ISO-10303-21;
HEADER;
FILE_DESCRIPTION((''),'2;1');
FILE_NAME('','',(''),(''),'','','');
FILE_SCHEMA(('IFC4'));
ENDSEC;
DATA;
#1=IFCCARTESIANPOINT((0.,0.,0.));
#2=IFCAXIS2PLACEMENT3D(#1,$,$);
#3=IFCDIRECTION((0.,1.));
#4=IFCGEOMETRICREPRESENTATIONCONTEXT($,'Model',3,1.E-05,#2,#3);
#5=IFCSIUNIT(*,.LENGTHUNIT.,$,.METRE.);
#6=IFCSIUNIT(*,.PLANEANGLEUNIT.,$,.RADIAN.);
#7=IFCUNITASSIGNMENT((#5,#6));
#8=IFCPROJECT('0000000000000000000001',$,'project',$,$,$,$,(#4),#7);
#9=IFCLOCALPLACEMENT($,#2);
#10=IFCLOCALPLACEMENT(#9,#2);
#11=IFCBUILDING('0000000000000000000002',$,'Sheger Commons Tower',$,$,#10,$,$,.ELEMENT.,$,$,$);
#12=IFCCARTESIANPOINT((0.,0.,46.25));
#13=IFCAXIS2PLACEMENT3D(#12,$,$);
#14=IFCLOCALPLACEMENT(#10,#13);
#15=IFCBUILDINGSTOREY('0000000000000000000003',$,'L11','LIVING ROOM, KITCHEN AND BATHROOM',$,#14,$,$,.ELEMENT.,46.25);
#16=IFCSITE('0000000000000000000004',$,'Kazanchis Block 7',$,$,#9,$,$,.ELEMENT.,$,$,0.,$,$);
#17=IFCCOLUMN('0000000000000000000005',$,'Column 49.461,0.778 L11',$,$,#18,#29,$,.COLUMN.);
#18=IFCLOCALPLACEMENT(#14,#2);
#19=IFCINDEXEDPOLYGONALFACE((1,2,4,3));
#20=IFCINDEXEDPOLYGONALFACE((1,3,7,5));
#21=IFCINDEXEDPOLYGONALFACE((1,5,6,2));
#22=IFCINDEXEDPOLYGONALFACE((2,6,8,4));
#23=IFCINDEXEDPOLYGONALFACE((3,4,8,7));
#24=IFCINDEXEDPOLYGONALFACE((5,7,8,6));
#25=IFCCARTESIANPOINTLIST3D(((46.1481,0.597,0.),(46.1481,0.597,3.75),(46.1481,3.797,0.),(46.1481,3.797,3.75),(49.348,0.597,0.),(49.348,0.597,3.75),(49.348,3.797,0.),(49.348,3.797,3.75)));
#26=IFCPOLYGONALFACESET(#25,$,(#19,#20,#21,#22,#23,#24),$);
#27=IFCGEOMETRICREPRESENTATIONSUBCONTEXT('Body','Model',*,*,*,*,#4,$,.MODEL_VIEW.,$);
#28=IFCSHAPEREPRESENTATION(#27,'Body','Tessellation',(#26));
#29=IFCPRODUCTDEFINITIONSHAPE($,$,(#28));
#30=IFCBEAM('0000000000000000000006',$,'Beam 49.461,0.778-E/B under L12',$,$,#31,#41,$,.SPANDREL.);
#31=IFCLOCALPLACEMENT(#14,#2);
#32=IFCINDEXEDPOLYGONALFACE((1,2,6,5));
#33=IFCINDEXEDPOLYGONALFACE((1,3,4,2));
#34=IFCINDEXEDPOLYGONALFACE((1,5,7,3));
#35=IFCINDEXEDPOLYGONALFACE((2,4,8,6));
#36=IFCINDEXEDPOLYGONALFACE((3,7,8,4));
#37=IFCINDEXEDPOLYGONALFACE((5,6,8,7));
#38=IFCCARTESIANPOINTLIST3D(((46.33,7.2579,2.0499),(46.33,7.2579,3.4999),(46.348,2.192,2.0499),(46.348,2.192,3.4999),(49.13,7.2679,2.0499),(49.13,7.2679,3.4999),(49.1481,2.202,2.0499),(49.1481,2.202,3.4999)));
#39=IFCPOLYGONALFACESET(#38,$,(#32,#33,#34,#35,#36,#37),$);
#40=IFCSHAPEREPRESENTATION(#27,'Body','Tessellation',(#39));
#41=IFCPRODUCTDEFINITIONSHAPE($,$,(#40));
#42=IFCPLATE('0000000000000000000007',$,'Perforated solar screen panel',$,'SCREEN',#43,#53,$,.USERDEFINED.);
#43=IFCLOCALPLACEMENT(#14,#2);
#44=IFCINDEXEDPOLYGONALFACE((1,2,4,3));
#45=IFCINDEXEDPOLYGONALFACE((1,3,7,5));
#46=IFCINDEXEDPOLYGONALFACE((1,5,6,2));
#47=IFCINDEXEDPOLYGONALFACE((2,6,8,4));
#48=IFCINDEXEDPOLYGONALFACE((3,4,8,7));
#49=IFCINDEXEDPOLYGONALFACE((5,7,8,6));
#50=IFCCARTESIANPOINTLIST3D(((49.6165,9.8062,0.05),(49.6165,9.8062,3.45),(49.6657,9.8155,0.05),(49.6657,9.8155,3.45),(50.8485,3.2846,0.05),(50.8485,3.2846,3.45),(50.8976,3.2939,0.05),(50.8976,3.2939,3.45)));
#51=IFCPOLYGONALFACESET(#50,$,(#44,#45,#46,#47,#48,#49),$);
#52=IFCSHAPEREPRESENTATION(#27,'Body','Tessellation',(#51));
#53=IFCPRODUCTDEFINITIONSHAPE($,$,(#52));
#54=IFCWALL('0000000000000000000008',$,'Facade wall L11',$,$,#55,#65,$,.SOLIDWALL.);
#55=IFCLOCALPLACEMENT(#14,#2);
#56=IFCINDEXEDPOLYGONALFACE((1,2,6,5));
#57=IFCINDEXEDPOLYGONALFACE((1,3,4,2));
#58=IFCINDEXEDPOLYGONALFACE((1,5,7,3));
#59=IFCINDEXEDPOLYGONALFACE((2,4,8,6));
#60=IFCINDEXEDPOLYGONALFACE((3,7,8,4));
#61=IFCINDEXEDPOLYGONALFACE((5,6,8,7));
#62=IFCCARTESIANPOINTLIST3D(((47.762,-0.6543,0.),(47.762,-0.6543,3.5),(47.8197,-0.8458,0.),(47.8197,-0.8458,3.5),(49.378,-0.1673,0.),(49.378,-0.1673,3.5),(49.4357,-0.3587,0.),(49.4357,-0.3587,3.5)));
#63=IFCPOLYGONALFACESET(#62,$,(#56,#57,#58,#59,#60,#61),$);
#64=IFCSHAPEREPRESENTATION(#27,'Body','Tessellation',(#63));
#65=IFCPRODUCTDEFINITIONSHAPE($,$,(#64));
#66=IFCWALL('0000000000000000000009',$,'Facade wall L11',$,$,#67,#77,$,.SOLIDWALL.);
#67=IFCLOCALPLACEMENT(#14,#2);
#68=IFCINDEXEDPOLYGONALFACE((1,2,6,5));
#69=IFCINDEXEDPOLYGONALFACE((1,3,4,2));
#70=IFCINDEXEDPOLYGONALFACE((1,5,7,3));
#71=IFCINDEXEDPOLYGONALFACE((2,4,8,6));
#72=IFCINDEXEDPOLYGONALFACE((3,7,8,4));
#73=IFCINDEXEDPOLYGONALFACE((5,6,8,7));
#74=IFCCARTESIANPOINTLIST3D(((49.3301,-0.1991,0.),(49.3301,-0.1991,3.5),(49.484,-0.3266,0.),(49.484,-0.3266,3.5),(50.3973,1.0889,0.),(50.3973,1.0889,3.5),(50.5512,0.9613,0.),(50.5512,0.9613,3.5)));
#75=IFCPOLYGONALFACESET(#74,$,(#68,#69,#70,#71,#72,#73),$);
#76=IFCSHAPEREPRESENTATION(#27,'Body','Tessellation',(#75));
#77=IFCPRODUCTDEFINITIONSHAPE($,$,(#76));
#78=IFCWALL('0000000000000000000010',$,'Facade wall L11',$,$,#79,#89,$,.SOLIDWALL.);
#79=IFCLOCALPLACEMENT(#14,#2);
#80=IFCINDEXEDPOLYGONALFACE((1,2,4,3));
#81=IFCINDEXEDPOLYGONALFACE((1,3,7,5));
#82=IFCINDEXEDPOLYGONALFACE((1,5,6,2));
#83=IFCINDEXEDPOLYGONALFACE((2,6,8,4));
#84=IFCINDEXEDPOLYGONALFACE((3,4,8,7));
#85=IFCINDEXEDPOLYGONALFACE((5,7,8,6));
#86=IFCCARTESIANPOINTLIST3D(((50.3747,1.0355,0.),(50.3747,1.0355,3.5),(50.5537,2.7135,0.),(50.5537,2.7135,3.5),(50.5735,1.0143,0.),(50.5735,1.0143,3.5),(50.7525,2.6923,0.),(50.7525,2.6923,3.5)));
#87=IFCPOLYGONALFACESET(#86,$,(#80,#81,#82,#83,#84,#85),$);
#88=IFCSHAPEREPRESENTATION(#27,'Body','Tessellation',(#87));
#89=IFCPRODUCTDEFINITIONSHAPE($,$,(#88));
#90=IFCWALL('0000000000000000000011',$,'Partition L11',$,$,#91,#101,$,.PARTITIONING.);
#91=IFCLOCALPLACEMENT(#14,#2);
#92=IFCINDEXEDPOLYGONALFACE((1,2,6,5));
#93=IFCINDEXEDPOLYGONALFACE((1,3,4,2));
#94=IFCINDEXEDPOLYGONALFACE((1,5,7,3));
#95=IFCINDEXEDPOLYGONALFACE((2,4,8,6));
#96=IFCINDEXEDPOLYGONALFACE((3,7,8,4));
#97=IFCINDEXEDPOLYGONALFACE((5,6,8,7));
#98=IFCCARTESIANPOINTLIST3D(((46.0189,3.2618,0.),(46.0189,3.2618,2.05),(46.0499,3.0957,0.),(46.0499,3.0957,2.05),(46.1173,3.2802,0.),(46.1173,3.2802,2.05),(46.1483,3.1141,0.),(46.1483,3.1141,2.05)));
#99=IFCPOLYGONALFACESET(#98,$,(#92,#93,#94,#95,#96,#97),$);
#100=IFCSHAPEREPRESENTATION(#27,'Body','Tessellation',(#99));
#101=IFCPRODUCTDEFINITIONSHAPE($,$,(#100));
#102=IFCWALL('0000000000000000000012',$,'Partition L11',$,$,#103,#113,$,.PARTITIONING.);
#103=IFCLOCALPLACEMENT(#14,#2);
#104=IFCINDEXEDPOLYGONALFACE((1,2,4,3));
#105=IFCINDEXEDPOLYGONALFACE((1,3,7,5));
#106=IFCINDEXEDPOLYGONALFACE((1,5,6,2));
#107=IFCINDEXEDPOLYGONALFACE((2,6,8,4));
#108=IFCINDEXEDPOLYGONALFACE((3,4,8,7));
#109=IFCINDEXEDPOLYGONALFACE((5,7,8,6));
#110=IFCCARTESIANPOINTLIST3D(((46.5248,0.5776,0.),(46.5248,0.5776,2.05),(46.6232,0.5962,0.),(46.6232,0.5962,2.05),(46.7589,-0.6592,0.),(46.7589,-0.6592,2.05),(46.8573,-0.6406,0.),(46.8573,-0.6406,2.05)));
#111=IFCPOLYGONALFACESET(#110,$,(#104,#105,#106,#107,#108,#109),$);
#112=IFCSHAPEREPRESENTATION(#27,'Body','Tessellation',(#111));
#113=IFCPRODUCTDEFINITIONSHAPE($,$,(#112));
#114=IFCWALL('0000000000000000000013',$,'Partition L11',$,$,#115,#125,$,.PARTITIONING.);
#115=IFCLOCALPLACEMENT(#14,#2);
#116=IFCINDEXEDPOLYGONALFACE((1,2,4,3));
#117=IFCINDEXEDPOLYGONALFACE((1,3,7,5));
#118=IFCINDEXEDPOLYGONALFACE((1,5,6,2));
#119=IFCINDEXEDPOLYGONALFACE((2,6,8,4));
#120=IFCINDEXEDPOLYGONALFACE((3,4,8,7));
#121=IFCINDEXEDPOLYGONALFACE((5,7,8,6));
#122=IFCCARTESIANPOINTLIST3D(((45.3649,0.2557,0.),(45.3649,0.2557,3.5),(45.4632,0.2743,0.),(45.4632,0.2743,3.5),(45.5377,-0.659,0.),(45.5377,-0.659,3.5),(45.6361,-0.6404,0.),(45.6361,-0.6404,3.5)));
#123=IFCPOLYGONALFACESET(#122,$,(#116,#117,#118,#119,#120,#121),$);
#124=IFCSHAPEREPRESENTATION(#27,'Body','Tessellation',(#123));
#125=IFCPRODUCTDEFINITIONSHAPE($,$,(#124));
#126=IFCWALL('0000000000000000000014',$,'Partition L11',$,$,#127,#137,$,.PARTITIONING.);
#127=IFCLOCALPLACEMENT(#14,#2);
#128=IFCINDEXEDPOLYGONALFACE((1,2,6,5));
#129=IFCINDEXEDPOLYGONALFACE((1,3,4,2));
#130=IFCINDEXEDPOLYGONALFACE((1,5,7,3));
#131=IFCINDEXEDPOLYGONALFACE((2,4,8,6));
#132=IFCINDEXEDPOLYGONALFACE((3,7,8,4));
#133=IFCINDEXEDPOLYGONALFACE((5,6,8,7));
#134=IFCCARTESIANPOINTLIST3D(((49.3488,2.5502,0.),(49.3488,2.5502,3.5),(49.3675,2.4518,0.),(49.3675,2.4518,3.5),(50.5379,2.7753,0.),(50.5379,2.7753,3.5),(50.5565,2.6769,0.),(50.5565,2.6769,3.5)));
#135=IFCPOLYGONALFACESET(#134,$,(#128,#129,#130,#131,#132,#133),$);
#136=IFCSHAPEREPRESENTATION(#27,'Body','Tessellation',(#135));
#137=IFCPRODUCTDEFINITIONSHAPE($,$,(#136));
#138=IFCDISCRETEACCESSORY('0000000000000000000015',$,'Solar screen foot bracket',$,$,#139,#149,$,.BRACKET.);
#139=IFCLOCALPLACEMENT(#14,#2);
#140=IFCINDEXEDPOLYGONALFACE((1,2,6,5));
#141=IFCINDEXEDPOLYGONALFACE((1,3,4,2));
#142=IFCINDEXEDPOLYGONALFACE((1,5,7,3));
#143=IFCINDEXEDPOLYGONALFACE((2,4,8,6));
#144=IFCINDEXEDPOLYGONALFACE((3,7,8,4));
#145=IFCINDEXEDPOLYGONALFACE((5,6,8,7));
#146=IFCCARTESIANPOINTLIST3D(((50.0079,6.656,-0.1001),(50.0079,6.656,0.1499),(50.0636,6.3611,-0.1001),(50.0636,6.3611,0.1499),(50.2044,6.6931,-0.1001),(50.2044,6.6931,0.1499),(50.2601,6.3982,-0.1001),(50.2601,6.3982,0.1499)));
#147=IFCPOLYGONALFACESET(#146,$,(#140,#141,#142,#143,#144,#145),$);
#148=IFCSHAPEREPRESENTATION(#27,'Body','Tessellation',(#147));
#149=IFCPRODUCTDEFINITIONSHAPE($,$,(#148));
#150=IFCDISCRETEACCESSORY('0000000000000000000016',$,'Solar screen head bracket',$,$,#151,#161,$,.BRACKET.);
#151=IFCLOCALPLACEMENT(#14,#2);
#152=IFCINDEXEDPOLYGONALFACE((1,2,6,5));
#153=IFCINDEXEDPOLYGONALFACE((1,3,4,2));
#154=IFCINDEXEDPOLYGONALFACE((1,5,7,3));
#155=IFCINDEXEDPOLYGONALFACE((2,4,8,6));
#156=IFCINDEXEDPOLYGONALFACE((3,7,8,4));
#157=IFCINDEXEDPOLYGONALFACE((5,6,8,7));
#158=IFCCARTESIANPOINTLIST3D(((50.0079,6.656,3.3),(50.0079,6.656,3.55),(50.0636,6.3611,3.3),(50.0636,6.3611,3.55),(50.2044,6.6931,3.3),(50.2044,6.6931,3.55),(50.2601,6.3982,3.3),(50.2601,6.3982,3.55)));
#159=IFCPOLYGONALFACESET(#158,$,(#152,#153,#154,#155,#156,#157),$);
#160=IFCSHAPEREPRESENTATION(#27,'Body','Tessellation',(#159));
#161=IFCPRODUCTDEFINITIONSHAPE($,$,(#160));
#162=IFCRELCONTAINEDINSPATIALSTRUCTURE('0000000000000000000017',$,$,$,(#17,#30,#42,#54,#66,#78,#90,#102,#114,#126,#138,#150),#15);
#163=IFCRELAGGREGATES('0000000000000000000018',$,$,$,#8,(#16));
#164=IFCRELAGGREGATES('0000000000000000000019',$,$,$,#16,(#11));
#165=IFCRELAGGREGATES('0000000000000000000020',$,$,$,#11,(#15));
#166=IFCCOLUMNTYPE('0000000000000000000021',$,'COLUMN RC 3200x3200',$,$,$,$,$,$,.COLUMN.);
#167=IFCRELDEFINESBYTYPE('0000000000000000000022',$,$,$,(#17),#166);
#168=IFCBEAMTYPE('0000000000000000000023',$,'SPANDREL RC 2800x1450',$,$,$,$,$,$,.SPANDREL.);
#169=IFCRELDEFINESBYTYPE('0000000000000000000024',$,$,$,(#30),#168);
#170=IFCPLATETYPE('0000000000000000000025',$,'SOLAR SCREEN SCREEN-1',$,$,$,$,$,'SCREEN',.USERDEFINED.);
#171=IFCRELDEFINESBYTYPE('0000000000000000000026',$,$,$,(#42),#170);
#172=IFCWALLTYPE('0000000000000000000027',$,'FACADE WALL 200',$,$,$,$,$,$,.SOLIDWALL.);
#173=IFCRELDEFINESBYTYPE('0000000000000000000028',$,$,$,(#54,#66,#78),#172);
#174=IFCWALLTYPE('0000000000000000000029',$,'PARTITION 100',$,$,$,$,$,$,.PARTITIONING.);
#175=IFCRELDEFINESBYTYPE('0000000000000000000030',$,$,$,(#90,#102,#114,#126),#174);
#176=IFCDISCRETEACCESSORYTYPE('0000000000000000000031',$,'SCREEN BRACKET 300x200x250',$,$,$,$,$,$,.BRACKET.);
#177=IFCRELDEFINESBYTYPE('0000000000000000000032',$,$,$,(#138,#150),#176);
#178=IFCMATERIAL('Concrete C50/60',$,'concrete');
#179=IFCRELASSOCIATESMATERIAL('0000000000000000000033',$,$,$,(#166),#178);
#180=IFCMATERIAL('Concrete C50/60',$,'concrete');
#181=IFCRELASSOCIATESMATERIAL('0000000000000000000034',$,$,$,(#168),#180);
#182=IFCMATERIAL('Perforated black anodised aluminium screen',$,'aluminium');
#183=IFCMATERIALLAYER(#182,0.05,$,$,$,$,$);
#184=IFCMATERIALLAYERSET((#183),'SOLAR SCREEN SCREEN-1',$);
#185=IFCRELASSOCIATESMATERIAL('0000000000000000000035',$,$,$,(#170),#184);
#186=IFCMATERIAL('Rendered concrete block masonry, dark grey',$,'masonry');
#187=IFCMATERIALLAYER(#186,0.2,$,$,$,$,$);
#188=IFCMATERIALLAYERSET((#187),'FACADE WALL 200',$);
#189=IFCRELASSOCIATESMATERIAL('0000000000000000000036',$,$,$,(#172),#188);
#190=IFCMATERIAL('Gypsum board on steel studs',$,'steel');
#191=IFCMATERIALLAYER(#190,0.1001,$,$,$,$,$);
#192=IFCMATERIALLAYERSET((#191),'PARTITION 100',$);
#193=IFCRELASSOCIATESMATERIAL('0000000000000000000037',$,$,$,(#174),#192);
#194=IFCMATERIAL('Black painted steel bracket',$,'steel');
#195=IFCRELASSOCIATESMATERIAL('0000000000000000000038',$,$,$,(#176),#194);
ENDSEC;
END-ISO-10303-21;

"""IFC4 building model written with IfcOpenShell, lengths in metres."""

from ifc_helpers import new_model, si_unit, direction, frame, frame_2d, origin, origin_2d, place, context, subcontext, project, spatial, rectangle, extrude, material, layer, layer_set, material_profile, profile_set, type_object, element, save


model = new_model("IFC4")

# Units and contexts
model_context = context("Model", 3, precision=1e-05, world=origin(), true_north=direction((0.0, 1.0)))
body_context = subcontext(model_context, "Body", "Model", "MODEL_VIEW")
ifc_project = project(units=[si_unit("LENGTHUNIT", "METRE"), si_unit("PLANEANGLEUNIT", "RADIAN")], contexts=[model_context])

# Site, building, storey
site_placement = place(None, origin())
site = spatial("IfcSite", under=ifc_project, at=site_placement, Name="Kazanchis Block 7", CompositionType="ELEMENT", RefElevation=0.0)
building_placement = place(site_placement, origin())
building = spatial("IfcBuilding", under=site, at=building_placement, Name="Sheger Commons Tower", CompositionType="ELEMENT")
storey_placement = place(building_placement, frame((0.0, 0.0, 46.25)))
storey = spatial("IfcBuildingStorey", under=building, at=storey_placement, Name="L11", Description="LIVING ROOM, KITCHEN AND BATHROOM", CompositionType="ELEMENT", Elevation=46.25)

# Column
ifc_material_1 = material(Name="Concrete C50/60", Category="concrete")
ifc_material_profile_1 = material_profile(ifc_material_1, rectangle(XDim=3.2, YDim=3.2, at=origin_2d()), Name="RC 3200x3200")
ifc_profile_set_1 = profile_set([ifc_material_profile_1], Name="Concrete C50/60")
column_type = type_object("IfcColumnType", Name="COLUMN RC 3200x3200", PredefinedType="COLUMN", material=ifc_profile_set_1)
column_placement = place(storey_placement, frame((47.748, 2.197, 0.0), z_axis=(0.0, 0.0, 1.0), x_axis=(1.0, 0.0, 0.0)))
element("IfcColumn", 1, at=column_placement, inside=storey, type_object=column_type, Name="Column 49.461,0.778 L11", PredefinedType="COLUMN", context=body_context, shape_type="SweptSolid", body=[
    extrude(rectangle(XDim=3.2, YDim=3.2, at=origin_2d()), origin(), (0.0, 0.0, 1.0), 3.75),
])

# Beam
ifc_material_2 = material(Name="Concrete C50/60", Category="concrete")
ifc_material_profile_2 = material_profile(ifc_material_2, rectangle(XDim=2.8, YDim=1.45, at=origin_2d()), Name="RC 2800x1450")
ifc_profile_set_2 = profile_set([ifc_material_profile_2], Name="Concrete C50/60")
beam_type = type_object("IfcBeamType", Name="SPANDREL RC 2800x1450", PredefinedType="SPANDREL", material=ifc_profile_set_2)
beam_placement = place(storey_placement, frame((47.748, 2.197, 2.7749), z_axis=(-0.003566, 0.999994, 0.0), x_axis=(-0.999994, -0.003566, 0.0)))
element("IfcBeam", 2, at=beam_placement, inside=storey, type_object=beam_type, Name="Beam 49.461,0.778-E/B under L12", PredefinedType="SPANDREL", context=body_context, shape_type="SweptSolid", body=[
    extrude(rectangle(XDim=2.8, YDim=1.45, at=origin_2d()), origin(), (0.0, 0.0, 1.0), 5.0659),
])

# Plate
ifc_material_3 = material(Name="Perforated black anodised aluminium screen", Category="aluminium")
ifc_layer_1 = layer(ifc_material_3, 0.05)
ifc_layer_set_1 = layer_set([ifc_layer_1], Name="SOLAR SCREEN SCREEN-1")
plate_type = type_object("IfcPlateType", Name="SOLAR SCREEN SCREEN-1", ElementType="SCREEN", PredefinedType="USERDEFINED", material=ifc_layer_set_1)
plate_placement = place(storey_placement, frame((50.2571, 6.55, 0.05), z_axis=(0.0, 0.0, 1.0), x_axis=(-0.185615, 0.982623, 0.0)))
element("IfcPlate", 3, at=plate_placement, inside=storey, type_object=plate_type, Name="Perforated solar screen panel", ObjectType="SCREEN", PredefinedType="USERDEFINED", context=body_context, shape_type="SweptSolid", body=[
    extrude(rectangle(XDim=6.637, YDim=0.05, at=origin_2d()), origin(), (0.0, 0.0, 1.0), 3.3999),
])

# Walls
ifc_material_4 = material(Name="Rendered concrete block masonry, dark grey", Category="masonry")
ifc_layer_2 = layer(ifc_material_4, 0.2)
ifc_layer_set_2 = layer_set([ifc_layer_2], Name="FACADE WALL 200")
wall_type_1 = type_object("IfcWallType", Name="FACADE WALL 200", PredefinedType="SOLIDWALL", material=ifc_layer_set_2)
wall_1_placement = place(storey_placement, frame((47.791, -0.75, 0.0), z_axis=(0.0, 0.0, 1.0), x_axis=(0.957455, 0.288582, 0.0)))
element("IfcWall", 4, at=wall_1_placement, inside=storey, type_object=wall_type_1, Name="Facade wall L11", PredefinedType="SOLIDWALL", context=body_context, shape_type="SweptSolid", body=[
    extrude(rectangle(XDim=1.6877, YDim=0.2, at=frame_2d((0.8438, 0.0))), origin(), (0.0, 0.0, 1.0), 3.5),
])
wall_2_placement = place(storey_placement, frame((49.407, -0.2629, 0.0), z_axis=(0.0, 0.0, 1.0), x_axis=(0.638043, 0.770001, 0.0)))
element("IfcWall", 5, at=wall_2_placement, inside=storey, type_object=wall_type_1, Name="Facade wall L11", PredefinedType="SOLIDWALL", context=body_context, shape_type="SweptSolid", body=[
    extrude(rectangle(XDim=1.6726, YDim=0.2, at=frame_2d((0.8364, 0.0))), origin(), (0.0, 0.0, 1.0), 3.5),
])
wall_3_placement = place(storey_placement, frame((50.4741, 1.0249, 0.0), z_axis=(0.0, 0.0, 1.0), x_axis=(0.106048, 0.994361, 0.0)))
element("IfcWall", 6, at=wall_3_placement, inside=storey, type_object=wall_type_1, Name="Facade wall L11", PredefinedType="SOLIDWALL", context=body_context, shape_type="SweptSolid", body=[
    extrude(rectangle(XDim=1.6875, YDim=0.2, at=frame_2d((0.8438, 0.0))), origin(), (0.0, 0.0, 1.0), 3.5),
])

# Walls
ifc_material_5 = material(Name="Gypsum board on steel studs", Category="steel")
ifc_layer_3 = layer(ifc_material_5, 0.1001)
ifc_layer_set_3 = layer_set([ifc_layer_3], Name="PARTITION 100")
wall_type_2 = type_object("IfcWallType", Name="PARTITION 100", PredefinedType="PARTITIONING", material=ifc_layer_set_3)
wall_4_placement = place(storey_placement, frame((46.0681, 3.271, 0.0), z_axis=(0.0, 0.0, 1.0), x_axis=(0.18359, -0.983003, 0.0)))
element("IfcWall", 7, at=wall_4_placement, inside=storey, type_object=wall_type_2, Name="Partition L11", PredefinedType="PARTITIONING", context=body_context, shape_type="SweptSolid", body=[
    extrude(rectangle(XDim=0.1689, YDim=0.1001, at=frame_2d((0.0845, 0.0))), origin(), (0.0, 0.0, 1.0), 2.05),
])
wall_5_placement = place(storey_placement, frame((46.574, 0.5869, 0.0), z_axis=(0.0, 0.0, 1.0), x_axis=(0.185998, -0.98255, 0.0)))
element("IfcWall", 8, at=wall_5_placement, inside=storey, type_object=wall_type_2, Name="Partition L11", PredefinedType="PARTITIONING", context=body_context, shape_type="SweptSolid", body=[
    extrude(rectangle(XDim=1.2588, YDim=0.1001, at=frame_2d((0.6294, 0.0))), origin(), (0.0, 0.0, 1.0), 2.05),
])
wall_6_placement = place(storey_placement, frame((45.4141, 0.2649, 0.0), z_axis=(0.0, 0.0, 1.0), x_axis=(0.185666, -0.982613, 0.0)))
element("IfcWall", 9, at=wall_6_placement, inside=storey, type_object=wall_type_2, Name="Partition L11", PredefinedType="PARTITIONING", context=body_context, shape_type="SweptSolid", body=[
    extrude(rectangle(XDim=0.9309, YDim=0.1001, at=frame_2d((0.4653, 0.0))), origin(), (0.0, 0.0, 1.0), 3.5),
])
wall_7_placement = place(storey_placement, frame((50.5471, 2.7261, 0.0), z_axis=(0.0, 0.0, 1.0), x_axis=(-0.982553, -0.185981, 0.0)))
element("IfcWall", 10, at=wall_7_placement, inside=storey, type_object=wall_type_2, Name="Partition L11", PredefinedType="PARTITIONING", context=body_context, shape_type="SweptSolid", body=[
    extrude(rectangle(XDim=1.2102, YDim=0.1001, at=frame_2d((0.605, 0.0))), origin(), (0.0, 0.0, 1.0), 3.5),
])

# Discrete accessories
ifc_material_6 = material(Name="Black painted steel bracket", Category="steel")
discrete_accessory_type = type_object("IfcDiscreteAccessoryType", Name="SCREEN BRACKET 300x200x250", PredefinedType="BRACKET", material=ifc_material_6)
for number, where, z_axis, x_axis, name in (
    (11, (50.134, 6.5271, -0.1001), (0.0, 0.0, 1.0), (-0.185615, 0.982623, 0.0), "Solar screen foot bracket"),
    (12, (50.134, 6.5271, 3.3), (0.0, 0.0, 1.0), (-0.185615, 0.982623, 0.0), "Solar screen head bracket"),
):
    element("IfcDiscreteAccessory", number, at=place(storey_placement, frame(where, z_axis=z_axis, x_axis=x_axis)), inside=storey, type_object=discrete_accessory_type, Name=name, PredefinedType="BRACKET", context=body_context, shape_type="SweptSolid", body=[
        extrude(rectangle(XDim=0.3, YDim=0.2, at=origin_2d()), origin(), (0.0, 0.0, 1.0), 0.25),
    ])

save(model, "model.ifc")
